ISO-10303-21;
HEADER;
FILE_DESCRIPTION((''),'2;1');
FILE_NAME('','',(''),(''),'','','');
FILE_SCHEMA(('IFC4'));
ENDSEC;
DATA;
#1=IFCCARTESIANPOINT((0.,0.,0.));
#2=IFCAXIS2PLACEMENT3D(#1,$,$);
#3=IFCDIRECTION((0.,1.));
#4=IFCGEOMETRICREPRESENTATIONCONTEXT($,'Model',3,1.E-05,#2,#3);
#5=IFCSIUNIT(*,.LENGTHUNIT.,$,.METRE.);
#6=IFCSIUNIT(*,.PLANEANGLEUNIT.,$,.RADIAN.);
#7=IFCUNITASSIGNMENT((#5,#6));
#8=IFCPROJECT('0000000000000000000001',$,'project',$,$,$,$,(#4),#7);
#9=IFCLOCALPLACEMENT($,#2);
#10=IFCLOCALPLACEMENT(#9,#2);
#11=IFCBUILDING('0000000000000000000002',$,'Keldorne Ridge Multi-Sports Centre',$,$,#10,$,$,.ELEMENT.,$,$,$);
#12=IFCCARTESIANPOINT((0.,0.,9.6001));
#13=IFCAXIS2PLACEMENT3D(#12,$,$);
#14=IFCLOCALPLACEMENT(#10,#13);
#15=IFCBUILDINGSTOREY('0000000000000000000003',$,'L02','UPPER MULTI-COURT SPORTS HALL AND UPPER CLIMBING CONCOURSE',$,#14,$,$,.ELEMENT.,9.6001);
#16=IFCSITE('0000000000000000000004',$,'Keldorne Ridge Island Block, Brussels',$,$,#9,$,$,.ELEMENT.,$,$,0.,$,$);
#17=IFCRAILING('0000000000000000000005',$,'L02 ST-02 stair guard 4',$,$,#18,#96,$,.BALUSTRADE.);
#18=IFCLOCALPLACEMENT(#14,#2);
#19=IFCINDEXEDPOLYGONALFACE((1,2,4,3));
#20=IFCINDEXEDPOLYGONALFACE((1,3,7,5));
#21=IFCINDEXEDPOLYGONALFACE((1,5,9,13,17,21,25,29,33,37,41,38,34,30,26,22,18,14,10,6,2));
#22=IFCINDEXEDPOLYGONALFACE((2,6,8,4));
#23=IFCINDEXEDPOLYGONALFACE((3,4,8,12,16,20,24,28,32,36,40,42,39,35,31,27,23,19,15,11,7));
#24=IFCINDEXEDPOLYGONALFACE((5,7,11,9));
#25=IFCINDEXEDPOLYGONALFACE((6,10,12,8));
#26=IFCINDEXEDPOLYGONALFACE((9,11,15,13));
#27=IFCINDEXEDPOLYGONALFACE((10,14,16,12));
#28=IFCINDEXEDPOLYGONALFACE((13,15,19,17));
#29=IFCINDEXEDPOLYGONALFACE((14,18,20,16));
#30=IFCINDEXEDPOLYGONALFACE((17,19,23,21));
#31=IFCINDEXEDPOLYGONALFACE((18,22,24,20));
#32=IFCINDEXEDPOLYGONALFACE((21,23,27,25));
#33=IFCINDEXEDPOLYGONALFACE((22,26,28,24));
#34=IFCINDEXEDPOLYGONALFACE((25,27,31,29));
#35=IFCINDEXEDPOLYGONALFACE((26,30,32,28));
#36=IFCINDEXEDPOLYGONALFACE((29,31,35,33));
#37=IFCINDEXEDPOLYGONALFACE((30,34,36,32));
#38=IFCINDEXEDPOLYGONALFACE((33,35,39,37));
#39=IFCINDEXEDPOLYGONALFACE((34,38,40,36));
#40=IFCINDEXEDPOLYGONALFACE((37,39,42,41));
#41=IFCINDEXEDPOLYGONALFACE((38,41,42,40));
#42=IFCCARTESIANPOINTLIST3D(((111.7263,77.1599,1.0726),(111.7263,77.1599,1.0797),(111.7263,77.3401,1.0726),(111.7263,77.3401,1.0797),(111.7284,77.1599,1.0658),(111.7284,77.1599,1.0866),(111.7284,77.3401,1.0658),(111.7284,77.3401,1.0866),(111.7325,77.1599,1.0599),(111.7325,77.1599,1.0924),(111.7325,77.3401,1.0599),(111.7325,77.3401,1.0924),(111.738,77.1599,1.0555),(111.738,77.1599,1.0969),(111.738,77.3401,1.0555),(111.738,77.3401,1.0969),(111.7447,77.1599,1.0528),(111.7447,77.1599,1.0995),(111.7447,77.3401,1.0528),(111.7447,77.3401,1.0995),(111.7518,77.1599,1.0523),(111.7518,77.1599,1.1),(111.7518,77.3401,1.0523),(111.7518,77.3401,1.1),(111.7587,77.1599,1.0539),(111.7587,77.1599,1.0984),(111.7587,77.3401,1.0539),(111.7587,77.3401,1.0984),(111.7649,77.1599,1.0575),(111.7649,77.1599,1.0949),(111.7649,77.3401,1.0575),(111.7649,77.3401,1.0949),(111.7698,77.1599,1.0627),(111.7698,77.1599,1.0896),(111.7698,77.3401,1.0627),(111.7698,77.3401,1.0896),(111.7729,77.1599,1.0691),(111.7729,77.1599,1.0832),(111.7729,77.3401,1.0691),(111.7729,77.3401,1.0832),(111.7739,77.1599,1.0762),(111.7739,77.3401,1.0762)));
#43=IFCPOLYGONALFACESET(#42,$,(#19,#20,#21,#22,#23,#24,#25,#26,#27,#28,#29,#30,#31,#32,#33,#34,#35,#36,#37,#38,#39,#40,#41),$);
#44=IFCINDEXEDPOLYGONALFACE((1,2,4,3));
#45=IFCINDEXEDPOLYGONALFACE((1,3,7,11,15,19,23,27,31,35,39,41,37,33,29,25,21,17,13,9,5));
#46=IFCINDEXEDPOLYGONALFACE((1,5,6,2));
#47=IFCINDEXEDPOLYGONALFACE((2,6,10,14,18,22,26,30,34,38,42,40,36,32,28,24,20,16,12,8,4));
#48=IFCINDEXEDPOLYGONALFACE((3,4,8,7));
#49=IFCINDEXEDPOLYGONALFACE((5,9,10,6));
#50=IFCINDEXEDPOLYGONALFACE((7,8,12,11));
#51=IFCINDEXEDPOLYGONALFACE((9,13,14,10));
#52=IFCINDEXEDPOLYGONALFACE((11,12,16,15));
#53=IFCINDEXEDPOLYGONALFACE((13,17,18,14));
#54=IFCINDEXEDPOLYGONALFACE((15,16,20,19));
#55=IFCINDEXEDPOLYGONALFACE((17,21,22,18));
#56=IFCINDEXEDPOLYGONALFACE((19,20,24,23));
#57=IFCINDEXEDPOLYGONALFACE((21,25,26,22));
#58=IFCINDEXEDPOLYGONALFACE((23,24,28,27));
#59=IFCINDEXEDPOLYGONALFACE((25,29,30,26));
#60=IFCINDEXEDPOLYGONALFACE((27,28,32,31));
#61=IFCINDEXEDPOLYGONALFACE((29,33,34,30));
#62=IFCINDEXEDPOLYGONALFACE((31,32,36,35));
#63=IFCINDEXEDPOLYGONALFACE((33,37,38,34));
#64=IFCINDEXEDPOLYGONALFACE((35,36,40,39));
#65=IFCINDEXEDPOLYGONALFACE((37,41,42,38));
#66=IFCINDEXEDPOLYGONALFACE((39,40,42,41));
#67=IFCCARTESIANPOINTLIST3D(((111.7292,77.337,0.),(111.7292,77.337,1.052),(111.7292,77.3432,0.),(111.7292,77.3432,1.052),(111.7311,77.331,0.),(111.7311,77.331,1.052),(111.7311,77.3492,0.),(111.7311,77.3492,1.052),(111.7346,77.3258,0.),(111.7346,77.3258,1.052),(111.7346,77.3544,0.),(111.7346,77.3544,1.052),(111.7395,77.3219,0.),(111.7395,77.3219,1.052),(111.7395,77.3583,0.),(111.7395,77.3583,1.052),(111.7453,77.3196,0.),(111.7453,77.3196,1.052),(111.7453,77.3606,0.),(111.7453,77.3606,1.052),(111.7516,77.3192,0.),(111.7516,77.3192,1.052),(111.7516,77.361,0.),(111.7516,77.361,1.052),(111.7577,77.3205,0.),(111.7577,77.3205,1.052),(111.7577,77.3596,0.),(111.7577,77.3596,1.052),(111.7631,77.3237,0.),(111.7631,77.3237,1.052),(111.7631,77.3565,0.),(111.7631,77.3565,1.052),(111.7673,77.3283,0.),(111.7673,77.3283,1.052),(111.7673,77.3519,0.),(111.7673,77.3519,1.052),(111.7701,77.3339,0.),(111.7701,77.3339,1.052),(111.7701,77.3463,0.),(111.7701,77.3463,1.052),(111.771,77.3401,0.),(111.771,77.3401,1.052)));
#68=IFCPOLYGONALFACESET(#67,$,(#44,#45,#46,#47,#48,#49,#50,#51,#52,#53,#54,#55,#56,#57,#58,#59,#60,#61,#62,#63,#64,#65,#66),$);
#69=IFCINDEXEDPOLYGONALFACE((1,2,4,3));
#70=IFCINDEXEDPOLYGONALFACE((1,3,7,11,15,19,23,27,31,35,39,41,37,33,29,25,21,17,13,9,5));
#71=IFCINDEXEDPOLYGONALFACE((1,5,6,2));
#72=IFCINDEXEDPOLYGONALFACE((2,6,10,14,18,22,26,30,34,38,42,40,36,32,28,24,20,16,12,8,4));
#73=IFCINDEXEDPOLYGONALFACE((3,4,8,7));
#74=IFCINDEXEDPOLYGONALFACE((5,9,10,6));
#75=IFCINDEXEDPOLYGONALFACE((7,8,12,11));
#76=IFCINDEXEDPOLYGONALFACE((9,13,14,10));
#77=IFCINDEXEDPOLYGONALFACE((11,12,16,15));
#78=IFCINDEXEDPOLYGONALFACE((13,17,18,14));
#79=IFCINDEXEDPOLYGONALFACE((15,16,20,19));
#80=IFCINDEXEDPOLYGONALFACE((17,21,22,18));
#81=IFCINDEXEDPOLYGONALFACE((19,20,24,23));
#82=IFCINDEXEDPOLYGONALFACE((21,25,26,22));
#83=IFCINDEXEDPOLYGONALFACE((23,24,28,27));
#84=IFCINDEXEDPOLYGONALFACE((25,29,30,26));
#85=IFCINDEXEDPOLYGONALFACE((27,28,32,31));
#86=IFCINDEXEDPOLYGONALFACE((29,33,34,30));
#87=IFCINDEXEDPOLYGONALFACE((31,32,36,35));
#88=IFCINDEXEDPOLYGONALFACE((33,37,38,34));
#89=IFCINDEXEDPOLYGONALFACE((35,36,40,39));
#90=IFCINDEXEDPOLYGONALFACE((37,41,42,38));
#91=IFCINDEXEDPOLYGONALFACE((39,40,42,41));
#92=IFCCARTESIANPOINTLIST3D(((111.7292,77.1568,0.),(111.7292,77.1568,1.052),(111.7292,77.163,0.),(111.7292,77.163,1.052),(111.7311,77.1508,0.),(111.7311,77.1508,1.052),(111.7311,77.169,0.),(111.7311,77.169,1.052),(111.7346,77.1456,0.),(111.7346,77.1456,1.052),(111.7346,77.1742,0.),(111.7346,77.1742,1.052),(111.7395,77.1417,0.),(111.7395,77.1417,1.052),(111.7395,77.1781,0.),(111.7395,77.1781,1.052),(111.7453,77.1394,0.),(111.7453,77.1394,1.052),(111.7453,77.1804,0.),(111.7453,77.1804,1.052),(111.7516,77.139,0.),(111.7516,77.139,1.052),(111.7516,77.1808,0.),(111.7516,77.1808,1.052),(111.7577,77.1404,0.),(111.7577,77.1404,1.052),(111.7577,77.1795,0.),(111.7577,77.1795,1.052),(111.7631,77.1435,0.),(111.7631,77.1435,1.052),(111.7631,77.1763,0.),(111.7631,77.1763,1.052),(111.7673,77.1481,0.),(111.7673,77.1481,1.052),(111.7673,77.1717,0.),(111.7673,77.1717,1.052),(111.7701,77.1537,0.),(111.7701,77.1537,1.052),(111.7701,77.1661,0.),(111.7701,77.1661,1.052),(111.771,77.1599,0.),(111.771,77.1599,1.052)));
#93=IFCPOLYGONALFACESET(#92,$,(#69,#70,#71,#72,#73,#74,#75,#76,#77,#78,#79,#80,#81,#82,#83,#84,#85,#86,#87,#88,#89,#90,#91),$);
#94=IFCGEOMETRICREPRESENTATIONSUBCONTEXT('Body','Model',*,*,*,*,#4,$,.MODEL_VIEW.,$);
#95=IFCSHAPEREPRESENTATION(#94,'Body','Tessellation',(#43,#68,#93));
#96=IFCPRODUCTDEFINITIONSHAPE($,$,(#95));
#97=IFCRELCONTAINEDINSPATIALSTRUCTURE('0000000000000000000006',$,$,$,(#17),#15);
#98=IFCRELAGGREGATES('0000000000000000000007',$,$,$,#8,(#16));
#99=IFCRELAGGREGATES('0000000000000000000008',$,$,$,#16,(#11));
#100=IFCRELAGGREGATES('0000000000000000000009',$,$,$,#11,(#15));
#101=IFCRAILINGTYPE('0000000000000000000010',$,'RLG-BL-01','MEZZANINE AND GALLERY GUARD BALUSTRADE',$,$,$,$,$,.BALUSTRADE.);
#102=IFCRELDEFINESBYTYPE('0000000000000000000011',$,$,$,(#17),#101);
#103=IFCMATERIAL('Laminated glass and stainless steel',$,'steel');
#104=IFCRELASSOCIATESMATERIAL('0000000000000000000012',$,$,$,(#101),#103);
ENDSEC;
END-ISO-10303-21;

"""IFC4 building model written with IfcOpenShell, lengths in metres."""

from ifc_helpers import new_model, si_unit, direction, frame, origin, origin_2d, place, context, subcontext, project, spatial, circle, extrude, material, type_object, element, save


model = new_model("IFC4")

# Units and contexts
model_context = context("Model", 3, precision=1e-05, world=origin(), true_north=direction((0.0, 1.0)))
body_context = subcontext(model_context, "Body", "Model", "MODEL_VIEW")
ifc_project = project(units=[si_unit("LENGTHUNIT", "METRE"), si_unit("PLANEANGLEUNIT", "RADIAN")], contexts=[model_context])

# Site, building, storey
site_placement = place(None, origin())
site = spatial("IfcSite", under=ifc_project, at=site_placement, Name="Keldorne Ridge Island Block, Brussels", CompositionType="ELEMENT", RefElevation=0.0)
building_placement = place(site_placement, origin())
building = spatial("IfcBuilding", under=site, at=building_placement, Name="Keldorne Ridge Multi-Sports Centre", CompositionType="ELEMENT")
storey_placement = place(building_placement, frame((0.0, 0.0, 9.6001)))
storey = spatial("IfcBuildingStorey", under=building, at=storey_placement, Name="L02", Description="UPPER MULTI-COURT SPORTS HALL AND UPPER CLIMBING CONCOURSE", CompositionType="ELEMENT", Elevation=9.6001)

# Railing
ifc_material_1 = material(Name="Laminated glass and stainless steel", Category="steel")
railing_type_1 = type_object("IfcRailingType", Name="RLG-BL-01", Description="MEZZANINE AND GALLERY GUARD BALUSTRADE", PredefinedType="BALUSTRADE", material=ifc_material_1)
railing_1_placement = place(storey_placement, frame((111.75, 77.3401, 0.0)))
element("IfcRailing", 1, at=railing_1_placement, inside=storey, type_object=railing_type_1, Name="L02 ST-02 stair guard 4", PredefinedType="BALUSTRADE", context=body_context, shape_type="SweptSolid", body=[
    extrude(circle(Radius=0.0239, at=origin_2d()), frame((0.0, 0.0, 1.0762), z_axis=(0.0, -1.0, 0.0), x_axis=(1.0, 0.0, 0.0)), (0.0, 0.0, 1.0), 0.1802),
    extrude(circle(Radius=0.021, at=origin_2d()), origin(), (0.0, 0.0, 1.0), 1.052),
    extrude(circle(Radius=0.021, at=origin_2d()), frame((0.0, -0.1802, 0.0)), (0.0, 0.0, 1.0), 1.052),
])

save(model, "model.ifc")
